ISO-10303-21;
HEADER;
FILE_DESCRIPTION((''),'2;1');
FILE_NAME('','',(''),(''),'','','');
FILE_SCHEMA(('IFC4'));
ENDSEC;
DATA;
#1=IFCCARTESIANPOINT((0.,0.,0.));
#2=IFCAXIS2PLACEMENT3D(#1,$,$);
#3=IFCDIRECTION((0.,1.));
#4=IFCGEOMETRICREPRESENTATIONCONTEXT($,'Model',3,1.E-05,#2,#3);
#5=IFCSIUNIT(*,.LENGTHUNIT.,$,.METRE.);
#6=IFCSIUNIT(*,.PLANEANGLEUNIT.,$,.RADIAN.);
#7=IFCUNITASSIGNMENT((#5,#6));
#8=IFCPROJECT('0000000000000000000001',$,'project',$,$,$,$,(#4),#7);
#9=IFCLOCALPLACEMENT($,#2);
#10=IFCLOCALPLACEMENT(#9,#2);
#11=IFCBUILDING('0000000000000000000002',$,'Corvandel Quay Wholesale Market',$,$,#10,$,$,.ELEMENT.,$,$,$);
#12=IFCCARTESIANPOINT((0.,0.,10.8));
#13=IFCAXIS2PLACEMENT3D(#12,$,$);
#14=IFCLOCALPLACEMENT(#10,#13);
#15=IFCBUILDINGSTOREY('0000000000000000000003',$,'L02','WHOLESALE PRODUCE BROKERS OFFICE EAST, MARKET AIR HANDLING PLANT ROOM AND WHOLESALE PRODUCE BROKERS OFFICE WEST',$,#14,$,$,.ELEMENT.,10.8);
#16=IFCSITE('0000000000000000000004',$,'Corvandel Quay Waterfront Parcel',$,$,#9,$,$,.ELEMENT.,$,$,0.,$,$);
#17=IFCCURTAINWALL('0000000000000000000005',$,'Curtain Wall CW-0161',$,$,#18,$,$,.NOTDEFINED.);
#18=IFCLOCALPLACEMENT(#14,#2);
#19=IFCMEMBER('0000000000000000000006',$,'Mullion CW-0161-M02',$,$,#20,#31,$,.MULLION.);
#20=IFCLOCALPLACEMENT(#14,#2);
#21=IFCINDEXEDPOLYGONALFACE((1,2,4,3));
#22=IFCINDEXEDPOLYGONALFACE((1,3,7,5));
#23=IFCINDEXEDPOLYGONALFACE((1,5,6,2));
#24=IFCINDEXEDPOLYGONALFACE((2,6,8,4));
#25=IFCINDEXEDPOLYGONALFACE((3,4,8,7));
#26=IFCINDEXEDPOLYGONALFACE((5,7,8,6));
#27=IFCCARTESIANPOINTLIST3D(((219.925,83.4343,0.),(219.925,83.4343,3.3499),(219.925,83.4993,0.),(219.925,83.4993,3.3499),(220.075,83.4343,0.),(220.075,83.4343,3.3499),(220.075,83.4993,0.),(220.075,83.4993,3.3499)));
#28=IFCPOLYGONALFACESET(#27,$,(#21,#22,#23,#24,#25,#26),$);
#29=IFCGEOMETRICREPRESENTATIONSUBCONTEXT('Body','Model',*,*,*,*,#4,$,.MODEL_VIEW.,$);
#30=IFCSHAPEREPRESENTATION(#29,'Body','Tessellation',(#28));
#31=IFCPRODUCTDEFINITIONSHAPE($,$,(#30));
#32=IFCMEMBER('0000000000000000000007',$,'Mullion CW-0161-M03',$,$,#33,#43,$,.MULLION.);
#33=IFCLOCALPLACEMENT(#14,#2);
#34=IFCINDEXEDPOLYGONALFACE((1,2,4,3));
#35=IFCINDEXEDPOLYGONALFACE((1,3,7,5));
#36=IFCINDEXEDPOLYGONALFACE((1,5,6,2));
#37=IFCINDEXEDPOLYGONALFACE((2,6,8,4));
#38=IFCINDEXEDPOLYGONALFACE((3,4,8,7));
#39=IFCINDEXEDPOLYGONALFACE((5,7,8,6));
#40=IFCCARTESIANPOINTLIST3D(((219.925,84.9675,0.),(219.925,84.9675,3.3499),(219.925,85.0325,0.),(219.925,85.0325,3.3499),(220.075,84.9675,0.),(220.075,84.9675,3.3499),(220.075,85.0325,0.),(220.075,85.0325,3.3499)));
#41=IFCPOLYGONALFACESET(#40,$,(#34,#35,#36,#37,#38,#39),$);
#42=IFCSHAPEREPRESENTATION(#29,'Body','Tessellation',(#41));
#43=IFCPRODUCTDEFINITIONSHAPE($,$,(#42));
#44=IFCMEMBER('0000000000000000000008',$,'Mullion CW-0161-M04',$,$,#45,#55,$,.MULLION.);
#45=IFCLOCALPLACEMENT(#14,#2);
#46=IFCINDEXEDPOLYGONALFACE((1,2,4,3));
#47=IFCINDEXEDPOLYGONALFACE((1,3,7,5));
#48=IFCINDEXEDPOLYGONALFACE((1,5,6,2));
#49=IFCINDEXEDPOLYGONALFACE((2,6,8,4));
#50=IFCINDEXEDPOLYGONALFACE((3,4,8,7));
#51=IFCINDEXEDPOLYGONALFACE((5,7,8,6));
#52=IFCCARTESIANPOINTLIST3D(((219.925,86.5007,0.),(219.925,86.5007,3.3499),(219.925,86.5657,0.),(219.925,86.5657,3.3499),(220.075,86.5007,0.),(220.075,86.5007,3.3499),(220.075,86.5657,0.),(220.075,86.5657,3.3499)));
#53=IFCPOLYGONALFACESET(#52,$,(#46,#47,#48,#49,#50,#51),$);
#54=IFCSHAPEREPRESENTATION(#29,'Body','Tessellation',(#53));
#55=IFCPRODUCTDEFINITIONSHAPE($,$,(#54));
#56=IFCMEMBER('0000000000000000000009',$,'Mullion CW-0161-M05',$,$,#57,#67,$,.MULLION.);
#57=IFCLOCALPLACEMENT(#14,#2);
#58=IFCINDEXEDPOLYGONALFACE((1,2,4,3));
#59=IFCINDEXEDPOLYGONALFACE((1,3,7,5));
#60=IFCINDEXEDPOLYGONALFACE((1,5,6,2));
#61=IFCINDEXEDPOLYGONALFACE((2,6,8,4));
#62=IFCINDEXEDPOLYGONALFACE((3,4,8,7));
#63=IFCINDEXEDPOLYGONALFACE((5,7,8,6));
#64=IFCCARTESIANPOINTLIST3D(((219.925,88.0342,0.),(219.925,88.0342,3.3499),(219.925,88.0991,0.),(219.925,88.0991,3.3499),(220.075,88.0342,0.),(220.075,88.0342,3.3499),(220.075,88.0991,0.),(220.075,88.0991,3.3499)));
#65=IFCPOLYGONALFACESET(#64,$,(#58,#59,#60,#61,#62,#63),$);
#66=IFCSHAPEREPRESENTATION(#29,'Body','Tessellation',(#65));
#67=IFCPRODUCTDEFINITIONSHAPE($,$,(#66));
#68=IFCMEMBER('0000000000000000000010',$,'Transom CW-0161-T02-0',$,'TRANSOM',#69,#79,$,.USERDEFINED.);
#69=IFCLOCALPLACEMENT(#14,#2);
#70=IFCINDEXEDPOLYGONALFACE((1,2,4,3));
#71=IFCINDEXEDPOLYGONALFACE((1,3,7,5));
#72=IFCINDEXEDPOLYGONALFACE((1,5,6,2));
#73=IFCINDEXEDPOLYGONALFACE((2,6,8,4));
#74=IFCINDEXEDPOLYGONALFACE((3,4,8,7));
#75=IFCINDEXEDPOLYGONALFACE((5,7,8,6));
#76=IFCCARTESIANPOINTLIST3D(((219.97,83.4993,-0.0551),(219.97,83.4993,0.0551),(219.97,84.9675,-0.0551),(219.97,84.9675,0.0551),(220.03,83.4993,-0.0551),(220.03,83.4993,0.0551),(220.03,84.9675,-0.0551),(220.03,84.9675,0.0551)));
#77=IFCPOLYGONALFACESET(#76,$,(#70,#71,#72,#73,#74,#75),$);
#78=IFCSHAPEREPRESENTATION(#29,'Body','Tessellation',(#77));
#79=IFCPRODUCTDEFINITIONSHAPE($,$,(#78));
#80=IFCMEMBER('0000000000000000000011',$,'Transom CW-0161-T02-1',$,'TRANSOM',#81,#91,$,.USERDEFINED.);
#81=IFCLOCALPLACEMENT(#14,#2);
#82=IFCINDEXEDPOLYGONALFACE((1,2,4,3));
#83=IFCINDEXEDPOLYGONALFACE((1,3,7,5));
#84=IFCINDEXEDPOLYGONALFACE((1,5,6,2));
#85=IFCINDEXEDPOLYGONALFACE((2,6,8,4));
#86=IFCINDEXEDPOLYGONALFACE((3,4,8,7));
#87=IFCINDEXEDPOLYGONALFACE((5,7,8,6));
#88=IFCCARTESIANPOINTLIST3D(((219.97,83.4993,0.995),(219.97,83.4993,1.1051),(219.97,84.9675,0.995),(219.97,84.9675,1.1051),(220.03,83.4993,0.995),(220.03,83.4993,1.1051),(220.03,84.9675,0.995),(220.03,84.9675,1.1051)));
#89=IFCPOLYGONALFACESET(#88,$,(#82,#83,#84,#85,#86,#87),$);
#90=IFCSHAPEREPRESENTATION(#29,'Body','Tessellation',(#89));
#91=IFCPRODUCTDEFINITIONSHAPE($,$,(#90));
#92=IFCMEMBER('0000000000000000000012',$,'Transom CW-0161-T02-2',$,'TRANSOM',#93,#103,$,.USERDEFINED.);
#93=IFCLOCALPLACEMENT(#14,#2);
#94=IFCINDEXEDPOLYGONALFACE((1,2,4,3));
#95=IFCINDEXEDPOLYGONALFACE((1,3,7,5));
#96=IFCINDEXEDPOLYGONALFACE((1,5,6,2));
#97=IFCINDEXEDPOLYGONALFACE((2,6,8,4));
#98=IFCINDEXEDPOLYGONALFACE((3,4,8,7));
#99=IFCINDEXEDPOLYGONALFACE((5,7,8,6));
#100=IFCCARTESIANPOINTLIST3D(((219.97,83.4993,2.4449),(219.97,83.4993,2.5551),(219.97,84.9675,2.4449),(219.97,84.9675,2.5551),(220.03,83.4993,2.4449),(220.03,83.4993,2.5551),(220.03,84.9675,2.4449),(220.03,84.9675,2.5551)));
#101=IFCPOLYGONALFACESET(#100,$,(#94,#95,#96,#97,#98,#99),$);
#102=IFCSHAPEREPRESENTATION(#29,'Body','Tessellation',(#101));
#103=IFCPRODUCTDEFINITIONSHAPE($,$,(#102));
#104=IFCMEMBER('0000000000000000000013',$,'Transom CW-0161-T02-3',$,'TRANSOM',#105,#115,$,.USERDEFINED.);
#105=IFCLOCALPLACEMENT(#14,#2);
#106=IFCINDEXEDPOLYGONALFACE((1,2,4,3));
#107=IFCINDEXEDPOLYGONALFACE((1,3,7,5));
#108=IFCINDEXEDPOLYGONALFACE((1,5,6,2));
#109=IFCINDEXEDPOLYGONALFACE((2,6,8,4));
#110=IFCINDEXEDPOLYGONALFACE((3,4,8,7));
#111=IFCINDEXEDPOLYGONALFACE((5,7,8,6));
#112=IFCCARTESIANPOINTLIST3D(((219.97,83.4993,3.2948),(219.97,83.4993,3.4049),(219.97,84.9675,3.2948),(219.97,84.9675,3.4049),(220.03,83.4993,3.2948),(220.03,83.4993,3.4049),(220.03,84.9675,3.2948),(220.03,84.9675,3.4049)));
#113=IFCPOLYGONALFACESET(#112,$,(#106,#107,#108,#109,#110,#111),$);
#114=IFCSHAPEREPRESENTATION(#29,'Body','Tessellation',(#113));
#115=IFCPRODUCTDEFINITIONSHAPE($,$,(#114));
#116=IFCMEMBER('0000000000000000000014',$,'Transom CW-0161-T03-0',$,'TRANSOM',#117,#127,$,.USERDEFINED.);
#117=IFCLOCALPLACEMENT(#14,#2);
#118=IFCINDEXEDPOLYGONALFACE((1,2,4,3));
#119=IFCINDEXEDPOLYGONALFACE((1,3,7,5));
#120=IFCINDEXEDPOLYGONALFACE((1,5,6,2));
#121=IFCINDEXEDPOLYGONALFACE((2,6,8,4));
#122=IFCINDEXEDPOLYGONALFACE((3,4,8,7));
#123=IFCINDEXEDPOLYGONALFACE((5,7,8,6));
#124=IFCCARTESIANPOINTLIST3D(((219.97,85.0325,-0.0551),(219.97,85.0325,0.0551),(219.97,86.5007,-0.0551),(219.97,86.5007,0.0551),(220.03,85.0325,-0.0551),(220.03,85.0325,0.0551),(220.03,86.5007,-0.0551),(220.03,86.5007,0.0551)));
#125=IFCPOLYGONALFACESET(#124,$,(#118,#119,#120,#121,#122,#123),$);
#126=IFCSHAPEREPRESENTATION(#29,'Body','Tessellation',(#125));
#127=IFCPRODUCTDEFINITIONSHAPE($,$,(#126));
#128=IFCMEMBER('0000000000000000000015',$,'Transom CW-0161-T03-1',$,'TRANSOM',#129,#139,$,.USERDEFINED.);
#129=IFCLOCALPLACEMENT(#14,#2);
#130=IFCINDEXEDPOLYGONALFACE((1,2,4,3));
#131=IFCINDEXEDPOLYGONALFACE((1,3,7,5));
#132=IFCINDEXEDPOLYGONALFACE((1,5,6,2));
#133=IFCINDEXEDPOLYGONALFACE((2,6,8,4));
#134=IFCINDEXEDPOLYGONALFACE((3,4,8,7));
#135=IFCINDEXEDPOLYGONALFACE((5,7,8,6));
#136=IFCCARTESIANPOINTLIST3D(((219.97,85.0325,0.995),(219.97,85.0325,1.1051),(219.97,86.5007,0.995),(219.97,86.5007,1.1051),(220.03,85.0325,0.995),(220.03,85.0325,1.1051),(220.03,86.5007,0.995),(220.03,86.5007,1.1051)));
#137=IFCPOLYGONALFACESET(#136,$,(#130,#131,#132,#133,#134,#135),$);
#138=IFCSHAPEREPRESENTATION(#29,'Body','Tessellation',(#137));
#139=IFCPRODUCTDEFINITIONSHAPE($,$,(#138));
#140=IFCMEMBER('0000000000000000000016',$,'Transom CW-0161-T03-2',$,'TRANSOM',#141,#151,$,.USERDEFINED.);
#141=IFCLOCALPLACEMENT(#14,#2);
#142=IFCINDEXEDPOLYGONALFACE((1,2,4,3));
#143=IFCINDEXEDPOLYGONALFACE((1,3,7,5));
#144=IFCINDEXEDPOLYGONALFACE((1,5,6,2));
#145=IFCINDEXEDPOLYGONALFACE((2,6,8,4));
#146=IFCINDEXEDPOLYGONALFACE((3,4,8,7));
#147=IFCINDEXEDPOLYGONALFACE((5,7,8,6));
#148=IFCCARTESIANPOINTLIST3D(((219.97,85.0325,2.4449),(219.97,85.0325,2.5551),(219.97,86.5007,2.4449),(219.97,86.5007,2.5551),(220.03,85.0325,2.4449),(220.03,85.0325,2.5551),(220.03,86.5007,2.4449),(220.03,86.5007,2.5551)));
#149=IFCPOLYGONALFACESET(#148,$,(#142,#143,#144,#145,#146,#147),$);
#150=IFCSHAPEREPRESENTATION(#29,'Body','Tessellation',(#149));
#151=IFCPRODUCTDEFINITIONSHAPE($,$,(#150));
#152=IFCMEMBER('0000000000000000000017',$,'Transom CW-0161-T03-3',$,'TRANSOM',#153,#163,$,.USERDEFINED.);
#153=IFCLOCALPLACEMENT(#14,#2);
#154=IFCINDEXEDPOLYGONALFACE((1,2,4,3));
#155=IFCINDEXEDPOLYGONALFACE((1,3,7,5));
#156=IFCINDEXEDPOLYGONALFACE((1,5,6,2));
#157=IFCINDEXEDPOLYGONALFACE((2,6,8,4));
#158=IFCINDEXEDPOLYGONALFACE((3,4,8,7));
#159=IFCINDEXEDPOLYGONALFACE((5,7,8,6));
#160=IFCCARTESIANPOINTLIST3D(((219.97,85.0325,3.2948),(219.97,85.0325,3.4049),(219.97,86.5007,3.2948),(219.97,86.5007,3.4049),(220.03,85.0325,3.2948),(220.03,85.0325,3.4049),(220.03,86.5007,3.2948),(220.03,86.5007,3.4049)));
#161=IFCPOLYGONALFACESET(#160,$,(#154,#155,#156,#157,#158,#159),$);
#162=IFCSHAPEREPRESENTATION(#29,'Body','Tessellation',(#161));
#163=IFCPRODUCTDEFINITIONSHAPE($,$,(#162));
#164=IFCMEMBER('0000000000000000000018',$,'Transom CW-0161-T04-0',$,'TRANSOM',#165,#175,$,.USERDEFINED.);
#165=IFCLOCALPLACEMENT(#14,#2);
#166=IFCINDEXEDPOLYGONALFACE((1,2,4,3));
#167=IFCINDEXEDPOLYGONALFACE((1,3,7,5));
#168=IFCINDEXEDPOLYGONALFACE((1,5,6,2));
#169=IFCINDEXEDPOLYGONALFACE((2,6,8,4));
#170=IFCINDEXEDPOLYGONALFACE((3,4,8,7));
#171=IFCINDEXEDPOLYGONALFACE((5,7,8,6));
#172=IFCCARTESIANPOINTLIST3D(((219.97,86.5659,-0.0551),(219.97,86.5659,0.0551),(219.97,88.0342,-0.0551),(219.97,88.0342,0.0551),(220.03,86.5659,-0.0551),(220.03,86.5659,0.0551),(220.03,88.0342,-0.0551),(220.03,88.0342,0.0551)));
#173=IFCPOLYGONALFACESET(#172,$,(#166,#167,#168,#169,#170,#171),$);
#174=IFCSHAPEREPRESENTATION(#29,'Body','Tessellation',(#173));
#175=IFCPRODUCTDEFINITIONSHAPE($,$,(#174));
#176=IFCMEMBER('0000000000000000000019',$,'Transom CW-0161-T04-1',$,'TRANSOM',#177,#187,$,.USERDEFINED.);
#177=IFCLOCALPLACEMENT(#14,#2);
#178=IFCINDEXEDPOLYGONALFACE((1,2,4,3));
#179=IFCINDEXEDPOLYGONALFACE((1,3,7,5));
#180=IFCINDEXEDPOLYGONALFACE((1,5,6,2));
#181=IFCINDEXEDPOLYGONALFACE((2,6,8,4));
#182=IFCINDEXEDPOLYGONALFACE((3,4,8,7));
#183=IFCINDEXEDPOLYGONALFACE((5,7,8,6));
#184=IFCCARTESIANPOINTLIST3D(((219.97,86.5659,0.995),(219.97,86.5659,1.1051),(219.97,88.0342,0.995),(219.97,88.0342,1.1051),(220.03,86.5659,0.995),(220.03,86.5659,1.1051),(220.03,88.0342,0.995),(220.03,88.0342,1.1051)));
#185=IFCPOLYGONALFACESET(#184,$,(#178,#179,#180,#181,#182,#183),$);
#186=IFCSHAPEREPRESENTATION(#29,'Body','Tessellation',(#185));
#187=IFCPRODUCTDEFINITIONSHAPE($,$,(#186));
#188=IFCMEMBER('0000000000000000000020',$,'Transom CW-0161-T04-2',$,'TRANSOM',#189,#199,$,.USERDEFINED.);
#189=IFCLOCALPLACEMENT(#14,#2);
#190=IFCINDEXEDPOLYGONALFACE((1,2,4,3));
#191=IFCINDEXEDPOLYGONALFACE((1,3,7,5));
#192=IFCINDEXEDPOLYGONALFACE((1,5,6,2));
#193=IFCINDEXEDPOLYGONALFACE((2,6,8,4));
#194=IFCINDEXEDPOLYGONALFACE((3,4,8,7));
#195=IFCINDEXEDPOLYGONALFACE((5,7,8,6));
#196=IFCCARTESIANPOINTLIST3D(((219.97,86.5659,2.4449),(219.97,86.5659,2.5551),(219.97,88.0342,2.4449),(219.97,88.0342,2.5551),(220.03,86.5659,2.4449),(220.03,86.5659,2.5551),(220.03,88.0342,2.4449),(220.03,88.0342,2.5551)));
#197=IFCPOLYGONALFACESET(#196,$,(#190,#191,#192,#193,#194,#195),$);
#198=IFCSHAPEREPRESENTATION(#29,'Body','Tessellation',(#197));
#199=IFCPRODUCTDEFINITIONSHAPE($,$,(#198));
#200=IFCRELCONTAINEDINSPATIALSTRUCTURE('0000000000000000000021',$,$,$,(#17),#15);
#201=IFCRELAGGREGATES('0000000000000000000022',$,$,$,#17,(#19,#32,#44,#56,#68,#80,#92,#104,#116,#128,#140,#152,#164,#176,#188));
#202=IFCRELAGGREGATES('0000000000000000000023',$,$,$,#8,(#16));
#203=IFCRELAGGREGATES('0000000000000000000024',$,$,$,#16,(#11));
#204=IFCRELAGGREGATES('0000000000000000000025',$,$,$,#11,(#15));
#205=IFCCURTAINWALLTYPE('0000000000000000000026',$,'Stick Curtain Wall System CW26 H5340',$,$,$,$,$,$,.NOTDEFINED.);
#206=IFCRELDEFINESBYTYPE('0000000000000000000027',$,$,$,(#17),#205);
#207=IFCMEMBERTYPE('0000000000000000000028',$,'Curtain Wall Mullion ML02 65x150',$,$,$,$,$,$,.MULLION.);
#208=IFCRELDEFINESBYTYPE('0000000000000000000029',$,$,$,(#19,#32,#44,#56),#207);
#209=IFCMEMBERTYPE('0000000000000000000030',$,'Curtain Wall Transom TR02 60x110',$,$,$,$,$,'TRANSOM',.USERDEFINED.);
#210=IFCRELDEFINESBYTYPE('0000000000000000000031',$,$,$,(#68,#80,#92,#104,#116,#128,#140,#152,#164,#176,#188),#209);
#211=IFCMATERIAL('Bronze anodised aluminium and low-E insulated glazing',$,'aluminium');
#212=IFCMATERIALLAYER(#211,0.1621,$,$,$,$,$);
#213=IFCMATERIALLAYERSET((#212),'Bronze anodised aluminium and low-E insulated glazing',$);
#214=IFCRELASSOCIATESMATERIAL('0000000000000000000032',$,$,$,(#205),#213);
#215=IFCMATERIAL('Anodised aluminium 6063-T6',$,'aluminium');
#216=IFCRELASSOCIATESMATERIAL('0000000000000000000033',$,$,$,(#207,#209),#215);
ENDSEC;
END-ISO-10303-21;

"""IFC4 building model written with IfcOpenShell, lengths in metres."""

from ifc_helpers import new_model, si_unit, direction, frame, origin, origin_2d, place, context, subcontext, project, spatial, rectangle, extrude, material, layer, layer_set, material_profile, profile_set, type_object, element, aggregate, save


model = new_model("IFC4")

# Units and contexts
model_context = context("Model", 3, precision=1e-05, world=origin(), true_north=direction((0.0, 1.0)))
body_context = subcontext(model_context, "Body", "Model", "MODEL_VIEW")
ifc_project = project(units=[si_unit("LENGTHUNIT", "METRE"), si_unit("PLANEANGLEUNIT", "RADIAN")], contexts=[model_context])

# Site, building, storey
site_placement = place(None, origin())
site = spatial("IfcSite", under=ifc_project, at=site_placement, Name="Corvandel Quay Waterfront Parcel", CompositionType="ELEMENT", RefElevation=0.0)
building_placement = place(site_placement, origin())
building = spatial("IfcBuilding", under=site, at=building_placement, Name="Corvandel Quay Wholesale Market", CompositionType="ELEMENT")
storey_placement = place(building_placement, frame((0.0, 0.0, 10.8)))
storey = spatial("IfcBuildingStorey", under=building, at=storey_placement, Name="L02", Description="WHOLESALE PRODUCE BROKERS OFFICE EAST, MARKET AIR HANDLING PLANT ROOM AND WHOLESALE PRODUCE BROKERS OFFICE WEST", CompositionType="ELEMENT", Elevation=10.8)

# Curtain wall, members
ifc_material_1 = material(Name="Bronze anodised aluminium and low-E insulated glazing", Category="aluminium")
ifc_layer_1 = layer(ifc_material_1, 0.1621)
ifc_layer_set_1 = layer_set([ifc_layer_1], Name="Bronze anodised aluminium and low-E insulated glazing")
curtain_wall_type = type_object("IfcCurtainWallType", Name="Stick Curtain Wall System CW26 H5340", PredefinedType="NOTDEFINED", material=ifc_layer_set_1)
curtain_wall_placement = place(storey_placement, origin())
curtain_wall = element("IfcCurtainWall", 1, at=curtain_wall_placement, inside=storey, type_object=curtain_wall_type, Name="Curtain Wall CW-0161", PredefinedType="NOTDEFINED")
ifc_material_2 = material(Name="Anodised aluminium 6063-T6", Category="aluminium")
ifc_material_profile_1 = material_profile(ifc_material_2, rectangle(XDim=0.0649, YDim=0.1499, at=origin_2d()), Name="ALU-MUL-65x150")
ifc_profile_set_1 = profile_set([ifc_material_profile_1], Name="Anodised aluminium 6063-T6")
member_type_1 = type_object("IfcMemberType", Name="Curtain Wall Mullion ML02 65x150", PredefinedType="MULLION", material=ifc_profile_set_1)
member_1_placement = place(storey_placement, frame((220.0, 83.4668, 0.0), z_axis=(0.0, 0.0, 1.0), x_axis=(0.0, 1.0, 0.0)))
member_1 = element("IfcMember", 2, at=member_1_placement, type_object=member_type_1, Name="Mullion CW-0161-M02", PredefinedType="MULLION", context=body_context, shape_type="SweptSolid", body=[
    extrude(rectangle(XDim=0.0649, YDim=0.1499, at=origin_2d()), origin(), (0.0, 0.0, 1.0), 3.3499),
])
member_2_placement = place(storey_placement, frame((220.0, 85.0, 0.0), z_axis=(0.0, 0.0, 1.0), x_axis=(0.0, 1.0, 0.0)))
member_2 = element("IfcMember", 3, at=member_2_placement, type_object=member_type_1, Name="Mullion CW-0161-M03", PredefinedType="MULLION", context=body_context, shape_type="SweptSolid", body=[
    extrude(rectangle(XDim=0.0649, YDim=0.1499, at=origin_2d()), origin(), (0.0, 0.0, 1.0), 3.3499),
])
member_3_placement = place(storey_placement, frame((220.0, 86.5332, 0.0), z_axis=(0.0, 0.0, 1.0), x_axis=(0.0, 1.0, 0.0)))
member_3 = element("IfcMember", 4, at=member_3_placement, type_object=member_type_1, Name="Mullion CW-0161-M04", PredefinedType="MULLION", context=body_context, shape_type="SweptSolid", body=[
    extrude(rectangle(XDim=0.0649, YDim=0.1499, at=origin_2d()), origin(), (0.0, 0.0, 1.0), 3.3499),
])
member_4_placement = place(storey_placement, frame((220.0, 88.0667, 0.0), z_axis=(0.0, 0.0, 1.0), x_axis=(0.0, 1.0, 0.0)))
member_4 = element("IfcMember", 5, at=member_4_placement, type_object=member_type_1, Name="Mullion CW-0161-M05", PredefinedType="MULLION", context=body_context, shape_type="SweptSolid", body=[
    extrude(rectangle(XDim=0.0649, YDim=0.1499, at=origin_2d()), origin(), (0.0, 0.0, 1.0), 3.3499),
])
ifc_material_profile_2 = material_profile(ifc_material_2, rectangle(XDim=0.0601, YDim=0.1101, at=origin_2d()), Name="ALU-TRN-60x110")
ifc_profile_set_2 = profile_set([ifc_material_profile_2], Name="Anodised aluminium 6063-T6")
member_type_2 = type_object("IfcMemberType", Name="Curtain Wall Transom TR02 60x110", ElementType="TRANSOM", PredefinedType="USERDEFINED", material=ifc_profile_set_2)
member_5_placement = place(storey_placement, frame((220.0, 83.4993, 0.0), z_axis=(0.0, 1.0, 0.0), x_axis=(-1.0, 0.0, 0.0)))
member_5 = element("IfcMember", 6, at=member_5_placement, type_object=member_type_2, Name="Transom CW-0161-T02-0", ObjectType="TRANSOM", PredefinedType="USERDEFINED", context=body_context, shape_type="SweptSolid", body=[
    extrude(rectangle(XDim=0.0601, YDim=0.1101, at=origin_2d()), origin(), (0.0, 0.0, 1.0), 1.4683),
])
member_6_placement = place(storey_placement, frame((220.0, 83.4993, 1.05), z_axis=(0.0, 1.0, 0.0), x_axis=(-1.0, 0.0, 0.0)))
member_6 = element("IfcMember", 7, at=member_6_placement, type_object=member_type_2, Name="Transom CW-0161-T02-1", ObjectType="TRANSOM", PredefinedType="USERDEFINED", context=body_context, shape_type="SweptSolid", body=[
    extrude(rectangle(XDim=0.0601, YDim=0.1101, at=origin_2d()), origin(), (0.0, 0.0, 1.0), 1.4683),
])
member_7_placement = place(storey_placement, frame((220.0, 83.4993, 2.5), z_axis=(0.0, 1.0, 0.0), x_axis=(-1.0, 0.0, 0.0)))
member_7 = element("IfcMember", 8, at=member_7_placement, type_object=member_type_2, Name="Transom CW-0161-T02-2", ObjectType="TRANSOM", PredefinedType="USERDEFINED", context=body_context, shape_type="SweptSolid", body=[
    extrude(rectangle(XDim=0.0601, YDim=0.1101, at=origin_2d()), origin(), (0.0, 0.0, 1.0), 1.4683),
])
member_8_placement = place(storey_placement, frame((220.0, 83.4993, 3.3499), z_axis=(0.0, 1.0, 0.0), x_axis=(-1.0, 0.0, 0.0)))
member_8 = element("IfcMember", 9, at=member_8_placement, type_object=member_type_2, Name="Transom CW-0161-T02-3", ObjectType="TRANSOM", PredefinedType="USERDEFINED", context=body_context, shape_type="SweptSolid", body=[
    extrude(rectangle(XDim=0.0601, YDim=0.1101, at=origin_2d()), origin(), (0.0, 0.0, 1.0), 1.4683),
])
member_9_placement = place(storey_placement, frame((220.0, 85.0325, 0.0), z_axis=(0.0, 1.0, 0.0), x_axis=(-1.0, 0.0, 0.0)))
member_9 = element("IfcMember", 10, at=member_9_placement, type_object=member_type_2, Name="Transom CW-0161-T03-0", ObjectType="TRANSOM", PredefinedType="USERDEFINED", context=body_context, shape_type="SweptSolid", body=[
    extrude(rectangle(XDim=0.0601, YDim=0.1101, at=origin_2d()), origin(), (0.0, 0.0, 1.0), 1.4683),
])
member_10_placement = place(storey_placement, frame((220.0, 85.0325, 1.05), z_axis=(0.0, 1.0, 0.0), x_axis=(-1.0, 0.0, 0.0)))
member_10 = element("IfcMember", 11, at=member_10_placement, type_object=member_type_2, Name="Transom CW-0161-T03-1", ObjectType="TRANSOM", PredefinedType="USERDEFINED", context=body_context, shape_type="SweptSolid", body=[
    extrude(rectangle(XDim=0.0601, YDim=0.1101, at=origin_2d()), origin(), (0.0, 0.0, 1.0), 1.4683),
])
member_11_placement = place(storey_placement, frame((220.0, 85.0325, 2.5), z_axis=(0.0, 1.0, 0.0), x_axis=(-1.0, 0.0, 0.0)))
member_11 = element("IfcMember", 12, at=member_11_placement, type_object=member_type_2, Name="Transom CW-0161-T03-2", ObjectType="TRANSOM", PredefinedType="USERDEFINED", context=body_context, shape_type="SweptSolid", body=[
    extrude(rectangle(XDim=0.0601, YDim=0.1101, at=origin_2d()), origin(), (0.0, 0.0, 1.0), 1.4683),
])
member_12_placement = place(storey_placement, frame((220.0, 85.0325, 3.3499), z_axis=(0.0, 1.0, 0.0), x_axis=(-1.0, 0.0, 0.0)))
member_12 = element("IfcMember", 13, at=member_12_placement, type_object=member_type_2, Name="Transom CW-0161-T03-3", ObjectType="TRANSOM", PredefinedType="USERDEFINED", context=body_context, shape_type="SweptSolid", body=[
    extrude(rectangle(XDim=0.0601, YDim=0.1101, at=origin_2d()), origin(), (0.0, 0.0, 1.0), 1.4683),
])
member_13_placement = place(storey_placement, frame((220.0, 86.5659, 0.0), z_axis=(0.0, 1.0, 0.0), x_axis=(-1.0, 0.0, 0.0)))
member_13 = element("IfcMember", 14, at=member_13_placement, type_object=member_type_2, Name="Transom CW-0161-T04-0", ObjectType="TRANSOM", PredefinedType="USERDEFINED", context=body_context, shape_type="SweptSolid", body=[
    extrude(rectangle(XDim=0.0601, YDim=0.1101, at=origin_2d()), origin(), (0.0, 0.0, 1.0), 1.4683),
])
member_14_placement = place(storey_placement, frame((220.0, 86.5659, 1.05), z_axis=(0.0, 1.0, 0.0), x_axis=(-1.0, 0.0, 0.0)))
member_14 = element("IfcMember", 15, at=member_14_placement, type_object=member_type_2, Name="Transom CW-0161-T04-1", ObjectType="TRANSOM", PredefinedType="USERDEFINED", context=body_context, shape_type="SweptSolid", body=[
    extrude(rectangle(XDim=0.0601, YDim=0.1101, at=origin_2d()), origin(), (0.0, 0.0, 1.0), 1.4683),
])
member_15_placement = place(storey_placement, frame((220.0, 86.5659, 2.5), z_axis=(0.0, 1.0, 0.0), x_axis=(-1.0, 0.0, 0.0)))
member_15 = element("IfcMember", 16, at=member_15_placement, type_object=member_type_2, Name="Transom CW-0161-T04-2", ObjectType="TRANSOM", PredefinedType="USERDEFINED", context=body_context, shape_type="SweptSolid", body=[
    extrude(rectangle(XDim=0.0601, YDim=0.1101, at=origin_2d()), origin(), (0.0, 0.0, 1.0), 1.4683),
])
aggregate(curtain_wall, [member_1, member_2, member_3, member_4, member_5, member_6, member_7, member_8, member_9, member_10, member_11, member_12, member_13, member_14, member_15])

save(model, "model.ifc")
